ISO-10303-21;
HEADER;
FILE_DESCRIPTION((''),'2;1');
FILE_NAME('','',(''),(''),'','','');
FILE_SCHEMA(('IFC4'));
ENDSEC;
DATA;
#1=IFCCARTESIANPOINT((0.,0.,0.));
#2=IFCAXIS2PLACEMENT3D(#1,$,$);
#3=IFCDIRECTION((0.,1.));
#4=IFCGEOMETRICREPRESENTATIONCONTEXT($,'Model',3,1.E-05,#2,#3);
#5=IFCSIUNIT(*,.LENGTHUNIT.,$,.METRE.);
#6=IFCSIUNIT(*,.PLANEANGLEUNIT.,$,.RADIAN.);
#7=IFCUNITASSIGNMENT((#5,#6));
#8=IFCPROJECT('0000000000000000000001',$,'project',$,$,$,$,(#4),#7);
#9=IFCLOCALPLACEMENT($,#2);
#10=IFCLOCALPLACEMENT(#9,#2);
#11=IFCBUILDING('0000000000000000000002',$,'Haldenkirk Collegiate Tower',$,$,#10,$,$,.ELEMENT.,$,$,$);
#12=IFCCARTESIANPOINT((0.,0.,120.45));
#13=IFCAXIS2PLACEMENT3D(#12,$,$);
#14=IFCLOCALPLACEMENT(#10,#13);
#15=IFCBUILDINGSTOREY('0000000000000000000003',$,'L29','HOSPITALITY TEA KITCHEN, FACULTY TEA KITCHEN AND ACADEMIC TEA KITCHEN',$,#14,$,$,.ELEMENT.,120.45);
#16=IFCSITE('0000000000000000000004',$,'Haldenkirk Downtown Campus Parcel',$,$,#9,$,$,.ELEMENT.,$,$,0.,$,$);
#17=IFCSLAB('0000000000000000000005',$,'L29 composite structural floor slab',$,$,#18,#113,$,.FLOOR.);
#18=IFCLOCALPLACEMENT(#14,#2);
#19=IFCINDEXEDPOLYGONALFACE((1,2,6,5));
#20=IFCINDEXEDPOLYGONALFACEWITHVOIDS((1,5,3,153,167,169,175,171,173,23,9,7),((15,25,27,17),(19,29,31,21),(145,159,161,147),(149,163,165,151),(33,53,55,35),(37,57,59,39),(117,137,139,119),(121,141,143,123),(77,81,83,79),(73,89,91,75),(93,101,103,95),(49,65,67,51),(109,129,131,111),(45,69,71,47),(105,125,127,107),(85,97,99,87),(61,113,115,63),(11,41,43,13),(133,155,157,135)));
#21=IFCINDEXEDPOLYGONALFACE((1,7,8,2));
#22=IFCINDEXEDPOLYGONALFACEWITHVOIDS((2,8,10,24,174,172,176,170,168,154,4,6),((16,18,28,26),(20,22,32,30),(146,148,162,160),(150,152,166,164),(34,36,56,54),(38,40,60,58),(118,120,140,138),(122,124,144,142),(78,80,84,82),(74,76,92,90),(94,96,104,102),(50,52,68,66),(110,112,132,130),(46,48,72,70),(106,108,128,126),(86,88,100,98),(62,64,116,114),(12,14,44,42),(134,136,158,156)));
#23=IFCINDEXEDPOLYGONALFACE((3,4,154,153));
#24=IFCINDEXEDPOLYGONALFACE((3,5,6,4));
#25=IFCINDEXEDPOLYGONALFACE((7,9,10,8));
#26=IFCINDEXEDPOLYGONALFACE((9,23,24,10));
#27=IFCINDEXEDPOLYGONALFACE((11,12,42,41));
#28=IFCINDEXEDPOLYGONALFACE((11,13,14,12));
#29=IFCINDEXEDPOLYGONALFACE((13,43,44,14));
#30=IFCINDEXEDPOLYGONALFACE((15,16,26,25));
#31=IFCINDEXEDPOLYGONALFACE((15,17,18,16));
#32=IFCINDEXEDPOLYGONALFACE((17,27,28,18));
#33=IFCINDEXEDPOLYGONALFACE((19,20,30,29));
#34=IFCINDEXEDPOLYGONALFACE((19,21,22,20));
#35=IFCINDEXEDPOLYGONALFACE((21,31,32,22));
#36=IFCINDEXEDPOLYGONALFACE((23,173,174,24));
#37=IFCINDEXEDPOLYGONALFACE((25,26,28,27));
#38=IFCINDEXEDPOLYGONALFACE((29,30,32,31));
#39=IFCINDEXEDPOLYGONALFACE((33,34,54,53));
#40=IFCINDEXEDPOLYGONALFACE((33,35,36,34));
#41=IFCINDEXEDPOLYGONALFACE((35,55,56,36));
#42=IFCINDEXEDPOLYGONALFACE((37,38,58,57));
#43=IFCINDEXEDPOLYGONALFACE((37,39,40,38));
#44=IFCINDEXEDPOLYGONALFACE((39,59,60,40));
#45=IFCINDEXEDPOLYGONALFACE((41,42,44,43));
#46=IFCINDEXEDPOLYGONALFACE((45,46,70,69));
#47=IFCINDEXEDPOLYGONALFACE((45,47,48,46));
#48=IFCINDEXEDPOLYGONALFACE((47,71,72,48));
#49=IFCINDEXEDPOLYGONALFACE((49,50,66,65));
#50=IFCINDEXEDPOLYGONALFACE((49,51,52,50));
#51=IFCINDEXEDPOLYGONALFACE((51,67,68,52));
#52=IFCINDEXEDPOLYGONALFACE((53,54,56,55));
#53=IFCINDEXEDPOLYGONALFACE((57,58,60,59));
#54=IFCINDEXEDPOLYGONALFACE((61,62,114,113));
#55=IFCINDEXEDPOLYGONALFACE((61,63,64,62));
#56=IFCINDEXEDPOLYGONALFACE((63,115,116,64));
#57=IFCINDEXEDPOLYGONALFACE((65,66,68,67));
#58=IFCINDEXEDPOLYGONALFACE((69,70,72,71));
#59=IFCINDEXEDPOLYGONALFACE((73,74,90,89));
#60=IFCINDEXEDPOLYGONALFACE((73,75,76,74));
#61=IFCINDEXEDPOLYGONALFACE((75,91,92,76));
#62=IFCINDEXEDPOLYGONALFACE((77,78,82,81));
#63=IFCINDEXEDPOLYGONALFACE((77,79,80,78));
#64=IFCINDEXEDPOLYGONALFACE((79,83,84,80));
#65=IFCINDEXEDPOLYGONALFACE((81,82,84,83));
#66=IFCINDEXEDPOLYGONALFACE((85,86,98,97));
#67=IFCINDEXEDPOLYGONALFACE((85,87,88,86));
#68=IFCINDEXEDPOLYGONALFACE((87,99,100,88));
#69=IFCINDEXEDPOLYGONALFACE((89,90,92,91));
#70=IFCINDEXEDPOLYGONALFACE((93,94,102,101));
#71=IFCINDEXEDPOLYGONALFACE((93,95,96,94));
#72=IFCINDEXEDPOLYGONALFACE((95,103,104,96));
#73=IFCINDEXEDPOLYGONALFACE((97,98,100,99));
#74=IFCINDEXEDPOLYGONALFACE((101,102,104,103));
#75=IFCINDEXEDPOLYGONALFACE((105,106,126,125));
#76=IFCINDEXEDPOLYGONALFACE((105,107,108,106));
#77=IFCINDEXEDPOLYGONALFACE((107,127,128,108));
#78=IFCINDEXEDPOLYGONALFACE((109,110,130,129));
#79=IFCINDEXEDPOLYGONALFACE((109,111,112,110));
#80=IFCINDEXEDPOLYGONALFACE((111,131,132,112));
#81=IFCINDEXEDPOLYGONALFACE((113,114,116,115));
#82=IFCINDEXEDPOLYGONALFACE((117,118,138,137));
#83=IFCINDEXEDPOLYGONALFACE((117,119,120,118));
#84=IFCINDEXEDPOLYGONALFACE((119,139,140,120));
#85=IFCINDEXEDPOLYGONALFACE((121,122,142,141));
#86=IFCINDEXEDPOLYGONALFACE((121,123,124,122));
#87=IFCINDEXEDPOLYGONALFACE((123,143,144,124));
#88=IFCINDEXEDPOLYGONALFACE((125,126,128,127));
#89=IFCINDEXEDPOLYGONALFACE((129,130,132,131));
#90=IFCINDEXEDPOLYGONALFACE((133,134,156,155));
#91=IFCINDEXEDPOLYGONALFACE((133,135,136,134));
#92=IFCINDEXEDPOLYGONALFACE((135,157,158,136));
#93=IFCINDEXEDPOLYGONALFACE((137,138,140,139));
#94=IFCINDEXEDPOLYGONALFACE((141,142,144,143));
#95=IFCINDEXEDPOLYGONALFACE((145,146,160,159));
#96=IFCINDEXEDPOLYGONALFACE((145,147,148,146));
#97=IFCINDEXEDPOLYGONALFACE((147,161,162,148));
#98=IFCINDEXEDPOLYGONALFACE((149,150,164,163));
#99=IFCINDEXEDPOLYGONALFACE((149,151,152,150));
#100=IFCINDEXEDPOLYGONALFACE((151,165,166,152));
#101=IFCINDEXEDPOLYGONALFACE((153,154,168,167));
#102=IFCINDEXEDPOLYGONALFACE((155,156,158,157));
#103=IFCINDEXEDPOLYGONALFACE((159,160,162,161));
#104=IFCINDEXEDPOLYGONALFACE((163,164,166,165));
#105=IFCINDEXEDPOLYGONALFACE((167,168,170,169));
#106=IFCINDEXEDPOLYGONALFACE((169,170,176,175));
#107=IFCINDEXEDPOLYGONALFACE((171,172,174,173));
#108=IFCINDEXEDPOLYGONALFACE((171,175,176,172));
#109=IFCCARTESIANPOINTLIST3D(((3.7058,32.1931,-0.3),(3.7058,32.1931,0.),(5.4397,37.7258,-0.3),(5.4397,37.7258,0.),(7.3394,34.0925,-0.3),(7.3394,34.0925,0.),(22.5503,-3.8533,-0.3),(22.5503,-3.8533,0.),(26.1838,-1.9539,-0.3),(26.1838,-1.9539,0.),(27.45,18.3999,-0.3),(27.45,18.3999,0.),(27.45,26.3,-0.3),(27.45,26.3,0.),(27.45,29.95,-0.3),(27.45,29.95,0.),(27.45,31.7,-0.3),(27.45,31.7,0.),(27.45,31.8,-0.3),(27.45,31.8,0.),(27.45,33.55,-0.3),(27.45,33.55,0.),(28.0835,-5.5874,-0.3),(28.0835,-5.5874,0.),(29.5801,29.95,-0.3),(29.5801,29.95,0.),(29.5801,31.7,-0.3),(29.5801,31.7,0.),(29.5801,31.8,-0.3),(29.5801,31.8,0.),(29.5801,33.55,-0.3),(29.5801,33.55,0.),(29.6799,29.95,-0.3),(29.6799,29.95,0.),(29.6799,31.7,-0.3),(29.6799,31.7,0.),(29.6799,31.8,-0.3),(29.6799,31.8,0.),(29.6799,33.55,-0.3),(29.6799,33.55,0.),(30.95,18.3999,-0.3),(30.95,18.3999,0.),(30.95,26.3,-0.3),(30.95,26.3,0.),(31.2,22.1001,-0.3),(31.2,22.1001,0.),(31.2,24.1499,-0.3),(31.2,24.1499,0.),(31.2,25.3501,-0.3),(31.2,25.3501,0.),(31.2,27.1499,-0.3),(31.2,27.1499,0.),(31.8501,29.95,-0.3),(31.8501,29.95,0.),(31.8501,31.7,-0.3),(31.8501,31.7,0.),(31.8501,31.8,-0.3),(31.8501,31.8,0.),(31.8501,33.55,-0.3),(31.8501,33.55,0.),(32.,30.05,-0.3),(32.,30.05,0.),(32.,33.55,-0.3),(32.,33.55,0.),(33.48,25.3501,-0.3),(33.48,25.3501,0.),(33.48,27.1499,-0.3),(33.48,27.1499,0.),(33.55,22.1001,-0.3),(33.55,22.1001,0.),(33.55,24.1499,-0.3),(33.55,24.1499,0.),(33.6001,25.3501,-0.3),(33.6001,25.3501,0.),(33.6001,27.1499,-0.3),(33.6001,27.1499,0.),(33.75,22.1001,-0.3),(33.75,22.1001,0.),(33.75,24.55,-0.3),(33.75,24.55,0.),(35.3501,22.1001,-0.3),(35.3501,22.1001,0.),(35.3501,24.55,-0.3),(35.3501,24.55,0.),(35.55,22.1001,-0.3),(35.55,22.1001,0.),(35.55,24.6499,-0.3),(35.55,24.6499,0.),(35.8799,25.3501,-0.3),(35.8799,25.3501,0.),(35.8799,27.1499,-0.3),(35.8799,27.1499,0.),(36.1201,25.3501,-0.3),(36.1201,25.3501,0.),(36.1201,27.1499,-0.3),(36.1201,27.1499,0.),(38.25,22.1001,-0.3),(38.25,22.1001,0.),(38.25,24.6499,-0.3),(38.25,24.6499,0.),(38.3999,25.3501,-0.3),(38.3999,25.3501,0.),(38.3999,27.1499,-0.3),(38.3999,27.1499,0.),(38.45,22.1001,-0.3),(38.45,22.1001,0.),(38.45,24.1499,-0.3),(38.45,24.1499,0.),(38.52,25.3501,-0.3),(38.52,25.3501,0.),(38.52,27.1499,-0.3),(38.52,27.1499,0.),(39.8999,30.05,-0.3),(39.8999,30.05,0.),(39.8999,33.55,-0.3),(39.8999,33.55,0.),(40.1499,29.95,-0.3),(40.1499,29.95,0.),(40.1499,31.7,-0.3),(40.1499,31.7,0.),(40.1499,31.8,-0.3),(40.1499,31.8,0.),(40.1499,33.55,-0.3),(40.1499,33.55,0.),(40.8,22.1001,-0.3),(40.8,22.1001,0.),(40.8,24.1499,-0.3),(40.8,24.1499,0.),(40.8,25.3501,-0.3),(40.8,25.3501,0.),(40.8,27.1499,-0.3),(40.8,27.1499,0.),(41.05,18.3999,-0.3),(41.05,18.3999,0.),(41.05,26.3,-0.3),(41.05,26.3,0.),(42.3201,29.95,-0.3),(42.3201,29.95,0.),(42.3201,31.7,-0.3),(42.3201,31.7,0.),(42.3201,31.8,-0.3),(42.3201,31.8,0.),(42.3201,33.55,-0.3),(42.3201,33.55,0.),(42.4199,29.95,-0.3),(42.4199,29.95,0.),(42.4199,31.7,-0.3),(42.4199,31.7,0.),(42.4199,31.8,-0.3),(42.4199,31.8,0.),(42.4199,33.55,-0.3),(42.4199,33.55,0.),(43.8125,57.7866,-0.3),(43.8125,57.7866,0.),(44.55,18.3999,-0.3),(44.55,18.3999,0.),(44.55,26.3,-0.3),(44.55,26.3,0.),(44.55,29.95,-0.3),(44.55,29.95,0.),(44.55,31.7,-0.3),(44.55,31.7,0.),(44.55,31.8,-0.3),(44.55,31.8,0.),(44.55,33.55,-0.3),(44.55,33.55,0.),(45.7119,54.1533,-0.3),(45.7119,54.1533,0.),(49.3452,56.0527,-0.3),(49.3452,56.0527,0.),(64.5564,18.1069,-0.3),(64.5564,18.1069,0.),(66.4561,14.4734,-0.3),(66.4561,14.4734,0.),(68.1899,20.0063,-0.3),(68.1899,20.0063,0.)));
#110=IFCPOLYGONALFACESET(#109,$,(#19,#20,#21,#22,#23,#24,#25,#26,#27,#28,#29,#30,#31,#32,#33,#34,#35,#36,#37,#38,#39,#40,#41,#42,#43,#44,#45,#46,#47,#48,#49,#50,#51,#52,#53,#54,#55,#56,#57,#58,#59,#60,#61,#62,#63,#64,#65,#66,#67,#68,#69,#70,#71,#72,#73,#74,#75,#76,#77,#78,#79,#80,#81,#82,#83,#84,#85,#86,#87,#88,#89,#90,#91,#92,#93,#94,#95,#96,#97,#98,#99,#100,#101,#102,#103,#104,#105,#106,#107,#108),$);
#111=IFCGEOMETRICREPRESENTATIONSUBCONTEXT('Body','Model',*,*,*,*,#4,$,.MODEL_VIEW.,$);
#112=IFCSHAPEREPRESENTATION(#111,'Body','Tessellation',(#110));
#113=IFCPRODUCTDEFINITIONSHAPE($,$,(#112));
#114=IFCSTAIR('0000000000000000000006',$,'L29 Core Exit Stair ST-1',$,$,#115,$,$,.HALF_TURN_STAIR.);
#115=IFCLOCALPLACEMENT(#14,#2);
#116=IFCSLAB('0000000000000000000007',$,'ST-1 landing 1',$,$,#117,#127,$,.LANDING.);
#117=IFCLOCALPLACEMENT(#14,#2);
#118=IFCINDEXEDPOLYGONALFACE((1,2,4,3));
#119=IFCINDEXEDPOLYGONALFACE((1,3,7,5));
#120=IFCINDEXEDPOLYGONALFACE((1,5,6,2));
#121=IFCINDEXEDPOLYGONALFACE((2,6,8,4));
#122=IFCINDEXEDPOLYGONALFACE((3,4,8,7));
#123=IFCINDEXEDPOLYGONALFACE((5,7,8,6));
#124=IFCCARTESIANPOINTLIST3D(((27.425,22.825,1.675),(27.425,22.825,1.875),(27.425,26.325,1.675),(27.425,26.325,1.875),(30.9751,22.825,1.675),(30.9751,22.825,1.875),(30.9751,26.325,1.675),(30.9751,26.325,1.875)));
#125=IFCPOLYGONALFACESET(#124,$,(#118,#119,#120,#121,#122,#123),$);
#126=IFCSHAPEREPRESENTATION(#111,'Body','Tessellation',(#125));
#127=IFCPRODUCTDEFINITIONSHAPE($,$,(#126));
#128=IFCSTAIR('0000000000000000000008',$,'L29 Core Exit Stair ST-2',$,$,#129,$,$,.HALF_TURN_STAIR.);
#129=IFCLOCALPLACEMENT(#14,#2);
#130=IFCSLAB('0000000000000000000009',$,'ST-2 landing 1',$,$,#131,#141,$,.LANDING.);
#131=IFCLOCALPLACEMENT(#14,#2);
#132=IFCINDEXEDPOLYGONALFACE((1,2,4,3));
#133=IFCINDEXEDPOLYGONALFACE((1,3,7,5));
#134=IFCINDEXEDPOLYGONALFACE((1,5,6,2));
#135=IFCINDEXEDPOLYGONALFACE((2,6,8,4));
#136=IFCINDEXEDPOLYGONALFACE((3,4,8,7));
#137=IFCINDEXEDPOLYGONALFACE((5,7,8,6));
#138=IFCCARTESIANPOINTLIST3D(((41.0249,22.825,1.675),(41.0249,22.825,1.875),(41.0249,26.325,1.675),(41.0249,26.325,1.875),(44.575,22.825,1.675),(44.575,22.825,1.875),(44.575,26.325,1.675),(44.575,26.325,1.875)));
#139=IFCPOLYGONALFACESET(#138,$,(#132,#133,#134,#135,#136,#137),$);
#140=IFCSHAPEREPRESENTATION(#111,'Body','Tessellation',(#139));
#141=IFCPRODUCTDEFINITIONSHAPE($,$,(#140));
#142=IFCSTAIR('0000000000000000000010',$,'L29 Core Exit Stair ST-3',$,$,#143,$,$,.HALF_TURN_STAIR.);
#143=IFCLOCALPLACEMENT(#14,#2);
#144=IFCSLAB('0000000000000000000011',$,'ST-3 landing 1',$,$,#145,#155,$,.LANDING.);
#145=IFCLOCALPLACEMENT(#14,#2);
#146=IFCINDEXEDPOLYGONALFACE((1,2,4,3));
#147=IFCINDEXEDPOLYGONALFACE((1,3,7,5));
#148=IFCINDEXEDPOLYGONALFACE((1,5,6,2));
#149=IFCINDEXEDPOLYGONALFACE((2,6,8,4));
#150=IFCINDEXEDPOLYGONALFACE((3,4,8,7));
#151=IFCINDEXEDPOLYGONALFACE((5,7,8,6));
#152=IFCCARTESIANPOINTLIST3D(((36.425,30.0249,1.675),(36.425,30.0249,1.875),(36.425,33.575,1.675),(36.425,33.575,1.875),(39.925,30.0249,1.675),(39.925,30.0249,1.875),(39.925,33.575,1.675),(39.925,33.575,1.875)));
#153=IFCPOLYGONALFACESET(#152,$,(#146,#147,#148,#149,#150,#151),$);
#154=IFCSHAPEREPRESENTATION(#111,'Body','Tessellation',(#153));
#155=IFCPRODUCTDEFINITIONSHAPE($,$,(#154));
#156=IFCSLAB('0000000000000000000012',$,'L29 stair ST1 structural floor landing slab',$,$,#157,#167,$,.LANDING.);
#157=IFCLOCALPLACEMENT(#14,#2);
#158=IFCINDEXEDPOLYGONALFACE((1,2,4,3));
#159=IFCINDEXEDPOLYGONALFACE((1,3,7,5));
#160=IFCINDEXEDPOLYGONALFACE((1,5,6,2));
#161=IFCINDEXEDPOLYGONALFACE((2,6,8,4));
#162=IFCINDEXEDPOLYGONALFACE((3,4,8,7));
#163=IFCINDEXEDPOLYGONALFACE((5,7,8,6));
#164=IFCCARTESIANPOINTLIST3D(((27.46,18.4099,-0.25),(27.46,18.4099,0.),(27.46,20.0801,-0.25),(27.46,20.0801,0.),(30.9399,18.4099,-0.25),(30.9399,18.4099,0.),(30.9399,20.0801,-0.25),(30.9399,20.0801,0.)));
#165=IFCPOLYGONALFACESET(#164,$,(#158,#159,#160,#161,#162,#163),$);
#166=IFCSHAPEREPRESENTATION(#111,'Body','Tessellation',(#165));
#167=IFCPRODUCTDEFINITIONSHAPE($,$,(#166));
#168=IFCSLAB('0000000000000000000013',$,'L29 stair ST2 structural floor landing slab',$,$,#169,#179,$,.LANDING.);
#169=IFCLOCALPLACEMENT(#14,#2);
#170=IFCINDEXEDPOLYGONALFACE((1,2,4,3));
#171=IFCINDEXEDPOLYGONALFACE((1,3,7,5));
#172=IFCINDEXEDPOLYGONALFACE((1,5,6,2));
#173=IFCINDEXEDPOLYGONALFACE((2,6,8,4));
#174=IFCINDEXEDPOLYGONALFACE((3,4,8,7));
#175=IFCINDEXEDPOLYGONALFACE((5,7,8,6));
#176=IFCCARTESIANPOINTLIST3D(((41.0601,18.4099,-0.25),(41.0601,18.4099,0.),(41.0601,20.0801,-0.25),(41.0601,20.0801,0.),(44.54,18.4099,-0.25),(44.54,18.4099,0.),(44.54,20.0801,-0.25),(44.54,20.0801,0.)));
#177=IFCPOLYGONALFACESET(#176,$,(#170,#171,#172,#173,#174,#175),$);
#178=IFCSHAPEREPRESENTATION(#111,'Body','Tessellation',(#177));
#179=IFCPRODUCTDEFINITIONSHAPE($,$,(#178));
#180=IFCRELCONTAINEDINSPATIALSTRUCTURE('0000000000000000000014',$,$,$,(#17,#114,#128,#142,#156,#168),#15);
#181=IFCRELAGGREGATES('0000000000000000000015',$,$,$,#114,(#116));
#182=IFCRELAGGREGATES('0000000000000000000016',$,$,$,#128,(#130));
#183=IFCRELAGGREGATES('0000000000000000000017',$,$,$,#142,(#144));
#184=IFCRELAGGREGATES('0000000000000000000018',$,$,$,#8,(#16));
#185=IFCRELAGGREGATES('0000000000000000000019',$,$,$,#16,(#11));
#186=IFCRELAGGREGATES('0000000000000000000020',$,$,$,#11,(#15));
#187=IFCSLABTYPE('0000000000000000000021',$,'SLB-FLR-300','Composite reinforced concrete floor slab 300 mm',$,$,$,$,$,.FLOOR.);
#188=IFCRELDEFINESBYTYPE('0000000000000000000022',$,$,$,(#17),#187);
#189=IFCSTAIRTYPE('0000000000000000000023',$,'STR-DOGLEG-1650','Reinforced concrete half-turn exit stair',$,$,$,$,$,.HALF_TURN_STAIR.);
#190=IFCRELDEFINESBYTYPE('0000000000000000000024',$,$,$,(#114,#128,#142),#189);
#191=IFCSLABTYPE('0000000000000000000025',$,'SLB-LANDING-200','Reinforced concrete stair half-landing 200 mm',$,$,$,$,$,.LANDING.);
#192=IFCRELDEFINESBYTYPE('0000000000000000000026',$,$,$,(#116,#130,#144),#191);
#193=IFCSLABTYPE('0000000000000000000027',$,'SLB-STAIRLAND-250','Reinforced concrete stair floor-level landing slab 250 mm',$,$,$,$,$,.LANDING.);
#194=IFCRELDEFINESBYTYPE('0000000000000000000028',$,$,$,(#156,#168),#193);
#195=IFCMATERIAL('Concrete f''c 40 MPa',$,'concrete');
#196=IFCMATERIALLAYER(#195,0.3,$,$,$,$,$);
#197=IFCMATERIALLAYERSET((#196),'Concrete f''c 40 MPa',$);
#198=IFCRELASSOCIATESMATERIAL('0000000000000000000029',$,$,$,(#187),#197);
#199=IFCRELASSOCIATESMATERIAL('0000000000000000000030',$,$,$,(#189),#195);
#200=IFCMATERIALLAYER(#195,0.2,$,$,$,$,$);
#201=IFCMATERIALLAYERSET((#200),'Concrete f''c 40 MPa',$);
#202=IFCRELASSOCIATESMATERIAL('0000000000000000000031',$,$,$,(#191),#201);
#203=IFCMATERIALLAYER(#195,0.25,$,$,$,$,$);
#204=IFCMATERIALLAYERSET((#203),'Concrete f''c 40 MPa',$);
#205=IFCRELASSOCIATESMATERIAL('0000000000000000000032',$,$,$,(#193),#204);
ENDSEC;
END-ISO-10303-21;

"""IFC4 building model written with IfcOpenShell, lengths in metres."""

from ifc_helpers import new_model, si_unit, direction, frame, origin, place, context, subcontext, project, spatial, polyline, outline, extrude, material, layer, layer_set, type_object, element, aggregate, save


model = new_model("IFC4")

# Units and contexts
model_context = context("Model", 3, precision=1e-05, world=origin(), true_north=direction((0.0, 1.0)))
body_context = subcontext(model_context, "Body", "Model", "MODEL_VIEW")
ifc_project = project(units=[si_unit("LENGTHUNIT", "METRE"), si_unit("PLANEANGLEUNIT", "RADIAN")], contexts=[model_context])

# Site, building, storey
site_placement = place(None, origin())
site = spatial("IfcSite", under=ifc_project, at=site_placement, Name="Haldenkirk Downtown Campus Parcel", CompositionType="ELEMENT", RefElevation=0.0)
building_placement = place(site_placement, origin())
building = spatial("IfcBuilding", under=site, at=building_placement, Name="Haldenkirk Collegiate Tower", CompositionType="ELEMENT")
storey_placement = place(building_placement, frame((0.0, 0.0, 120.45)))
storey = spatial("IfcBuildingStorey", under=building, at=storey_placement, Name="L29", Description="HOSPITALITY TEA KITCHEN, FACULTY TEA KITCHEN AND ACADEMIC TEA KITCHEN", CompositionType="ELEMENT", Elevation=120.45)

# Slab
ifc_material_1 = material(Name="Concrete f'c 40 MPa", Category="concrete")
ifc_layer_1 = layer(ifc_material_1, 0.3)
ifc_layer_set_1 = layer_set([ifc_layer_1], Name="Concrete f'c 40 MPa")
slab_type_1 = type_object("IfcSlabType", Name="SLB-FLR-300", Description="Composite reinforced concrete floor slab 300 mm", PredefinedType="FLOOR", material=ifc_layer_set_1)
slab_1_placement = place(storey_placement, frame((0.0, 0.0, -0.3)))
element("IfcSlab", 1, at=slab_1_placement, inside=storey, type_object=slab_type_1, Name="L29 composite structural floor slab", PredefinedType="FLOOR", context=body_context, shape_type="SweptSolid", body=[
    extrude(outline(polyline([(28.0835, -5.5874), (66.4561, 14.4734), (64.5564, 18.1069), (68.1899, 20.0063), (49.3452, 56.0527), (45.7119, 54.1533), (43.8125, 57.7866), (5.4397, 37.7258), (7.3394, 34.0925), (3.7058, 32.1931), (22.5503, -3.8533), (26.1838, -1.9539), (28.0835, -5.5874)]), holes=[polyline([(27.45, 18.3999), (30.95, 18.3999), (30.95, 26.3), (27.45, 26.3), (27.45, 18.3999)]), polyline([(41.05, 18.3999), (44.55, 18.3999), (44.55, 26.3), (41.05, 26.3), (41.05, 18.3999)]), polyline([(32.0, 30.05), (39.8999, 30.05), (39.8999, 33.55), (32.0, 33.55), (32.0, 30.05)]), polyline([(33.75, 22.1001), (35.3501, 22.1001), (35.3501, 24.55), (33.75, 24.55), (33.75, 22.1001)]), polyline([(27.45, 29.95), (29.5801, 29.95), (29.5801, 31.7), (27.45, 31.7), (27.45, 29.95)]), polyline([(29.6799, 29.95), (31.8501, 29.95), (31.8501, 31.7), (29.6799, 31.7), (29.6799, 29.95)]), polyline([(27.45, 31.8), (29.5801, 31.8), (29.5801, 33.55), (27.45, 33.55), (27.45, 31.8)]), polyline([(29.6799, 31.8), (31.8501, 31.8), (31.8501, 33.55), (29.6799, 33.55), (29.6799, 31.8)]), polyline([(40.1499, 29.95), (42.3201, 29.95), (42.3201, 31.7), (40.1499, 31.7), (40.1499, 29.95)]), polyline([(42.4199, 29.95), (44.55, 29.95), (44.55, 31.7), (42.4199, 31.7), (42.4199, 29.95)]), polyline([(40.1499, 31.8), (42.3201, 31.8), (42.3201, 33.55), (40.1499, 33.55), (40.1499, 31.8)]), polyline([(42.4199, 31.8), (44.55, 31.8), (44.55, 33.55), (42.4199, 33.55), (42.4199, 31.8)]), polyline([(31.2, 25.3501), (33.48, 25.3501), (33.48, 27.1499), (31.2, 27.1499), (31.2, 25.3501)]), polyline([(33.6001, 25.3501), (35.8799, 25.3501), (35.8799, 27.1499), (33.6001, 27.1499), (33.6001, 25.3501)]), polyline([(36.1201, 25.3501), (38.3999, 25.3501), (38.3999, 27.1499), (36.1201, 27.1499), (36.1201, 25.3501)]), polyline([(38.52, 25.3501), (40.8, 25.3501), (40.8, 27.1499), (38.52, 27.1499), (38.52, 25.3501)]), polyline([(31.2, 22.1001), (33.55, 22.1001), (33.55, 24.1499), (31.2, 24.1499), (31.2, 22.1001)]), polyline([(38.45, 22.1001), (40.8, 22.1001), (40.8, 24.1499), (38.45, 24.1499), (38.45, 22.1001)]), polyline([(35.55, 22.1001), (38.25, 22.1001), (38.25, 24.6499), (35.55, 24.6499), (35.55, 22.1001)])]), origin(), (0.0, 0.0, 1.0), 0.3),
])

# Stairs, slabs
stair_type = type_object("IfcStairType", Name="STR-DOGLEG-1650", Description="Reinforced concrete half-turn exit stair", PredefinedType="HALF_TURN_STAIR", material=ifc_material_1)
stair_1_placement = place(storey_placement, origin())
stair_1 = element("IfcStair", 2, at=stair_1_placement, inside=storey, type_object=stair_type, Name="L29 Core Exit Stair ST-1", PredefinedType="HALF_TURN_STAIR")
ifc_layer_2 = layer(ifc_material_1, 0.2)
ifc_layer_set_2 = layer_set([ifc_layer_2], Name="Concrete f'c 40 MPa")
slab_type_2 = type_object("IfcSlabType", Name="SLB-LANDING-200", Description="Reinforced concrete stair half-landing 200 mm", PredefinedType="LANDING", material=ifc_layer_set_2)
slab_2_placement = place(storey_placement, frame((0.0, 0.0, 1.675)))
slab_2 = element("IfcSlab", 3, at=slab_2_placement, type_object=slab_type_2, Name="ST-1 landing 1", PredefinedType="LANDING", context=body_context, shape_type="SweptSolid", body=[
    extrude(outline(polyline([(30.9751, 22.825), (27.425, 22.825), (27.425, 26.325), (30.9751, 26.325), (30.9751, 22.825)])), origin(), (0.0, 0.0, 1.0), 0.2),
])
aggregate(stair_1, [slab_2])
stair_2_placement = place(storey_placement, origin())
stair_2 = element("IfcStair", 4, at=stair_2_placement, inside=storey, type_object=stair_type, Name="L29 Core Exit Stair ST-2", PredefinedType="HALF_TURN_STAIR")
slab_3_placement = place(storey_placement, frame((0.0, 0.0, 1.675)))
slab_3 = element("IfcSlab", 5, at=slab_3_placement, type_object=slab_type_2, Name="ST-2 landing 1", PredefinedType="LANDING", context=body_context, shape_type="SweptSolid", body=[
    extrude(outline(polyline([(44.575, 22.825), (41.0249, 22.825), (41.0249, 26.325), (44.575, 26.325), (44.575, 22.825)])), origin(), (0.0, 0.0, 1.0), 0.2),
])
aggregate(stair_2, [slab_3])
stair_3_placement = place(storey_placement, origin())
stair_3 = element("IfcStair", 6, at=stair_3_placement, inside=storey, type_object=stair_type, Name="L29 Core Exit Stair ST-3", PredefinedType="HALF_TURN_STAIR")
slab_4_placement = place(storey_placement, frame((0.0, 0.0, 1.675)))
slab_4 = element("IfcSlab", 7, at=slab_4_placement, type_object=slab_type_2, Name="ST-3 landing 1", PredefinedType="LANDING", context=body_context, shape_type="SweptSolid", body=[
    extrude(outline(polyline([(36.425, 30.0249), (36.425, 33.575), (39.925, 33.575), (39.925, 30.0249), (36.425, 30.0249)])), origin(), (0.0, 0.0, 1.0), 0.2),
])
aggregate(stair_3, [slab_4])

# Slabs
ifc_layer_3 = layer(ifc_material_1, 0.25)
ifc_layer_set_3 = layer_set([ifc_layer_3], Name="Concrete f'c 40 MPa")
slab_type_3 = type_object("IfcSlabType", Name="SLB-STAIRLAND-250", Description="Reinforced concrete stair floor-level landing slab 250 mm", PredefinedType="LANDING", material=ifc_layer_set_3)
slab_5_placement = place(storey_placement, frame((0.0, 0.0, -0.25)))
element("IfcSlab", 8, at=slab_5_placement, inside=storey, type_object=slab_type_3, Name="L29 stair ST1 structural floor landing slab", PredefinedType="LANDING", context=body_context, shape_type="SweptSolid", body=[
    extrude(outline(polyline([(27.46, 18.4099), (30.9399, 18.4099), (30.9399, 20.0801), (27.46, 20.0801), (27.46, 18.4099)])), origin(), (0.0, 0.0, 1.0), 0.25),
])
slab_6_placement = place(storey_placement, frame((0.0, 0.0, -0.25)))
element("IfcSlab", 9, at=slab_6_placement, inside=storey, type_object=slab_type_3, Name="L29 stair ST2 structural floor landing slab", PredefinedType="LANDING", context=body_context, shape_type="SweptSolid", body=[
    extrude(outline(polyline([(41.0601, 18.4099), (44.54, 18.4099), (44.54, 20.0801), (41.0601, 20.0801), (41.0601, 18.4099)])), origin(), (0.0, 0.0, 1.0), 0.25),
])

save(model, "model.ifc")
